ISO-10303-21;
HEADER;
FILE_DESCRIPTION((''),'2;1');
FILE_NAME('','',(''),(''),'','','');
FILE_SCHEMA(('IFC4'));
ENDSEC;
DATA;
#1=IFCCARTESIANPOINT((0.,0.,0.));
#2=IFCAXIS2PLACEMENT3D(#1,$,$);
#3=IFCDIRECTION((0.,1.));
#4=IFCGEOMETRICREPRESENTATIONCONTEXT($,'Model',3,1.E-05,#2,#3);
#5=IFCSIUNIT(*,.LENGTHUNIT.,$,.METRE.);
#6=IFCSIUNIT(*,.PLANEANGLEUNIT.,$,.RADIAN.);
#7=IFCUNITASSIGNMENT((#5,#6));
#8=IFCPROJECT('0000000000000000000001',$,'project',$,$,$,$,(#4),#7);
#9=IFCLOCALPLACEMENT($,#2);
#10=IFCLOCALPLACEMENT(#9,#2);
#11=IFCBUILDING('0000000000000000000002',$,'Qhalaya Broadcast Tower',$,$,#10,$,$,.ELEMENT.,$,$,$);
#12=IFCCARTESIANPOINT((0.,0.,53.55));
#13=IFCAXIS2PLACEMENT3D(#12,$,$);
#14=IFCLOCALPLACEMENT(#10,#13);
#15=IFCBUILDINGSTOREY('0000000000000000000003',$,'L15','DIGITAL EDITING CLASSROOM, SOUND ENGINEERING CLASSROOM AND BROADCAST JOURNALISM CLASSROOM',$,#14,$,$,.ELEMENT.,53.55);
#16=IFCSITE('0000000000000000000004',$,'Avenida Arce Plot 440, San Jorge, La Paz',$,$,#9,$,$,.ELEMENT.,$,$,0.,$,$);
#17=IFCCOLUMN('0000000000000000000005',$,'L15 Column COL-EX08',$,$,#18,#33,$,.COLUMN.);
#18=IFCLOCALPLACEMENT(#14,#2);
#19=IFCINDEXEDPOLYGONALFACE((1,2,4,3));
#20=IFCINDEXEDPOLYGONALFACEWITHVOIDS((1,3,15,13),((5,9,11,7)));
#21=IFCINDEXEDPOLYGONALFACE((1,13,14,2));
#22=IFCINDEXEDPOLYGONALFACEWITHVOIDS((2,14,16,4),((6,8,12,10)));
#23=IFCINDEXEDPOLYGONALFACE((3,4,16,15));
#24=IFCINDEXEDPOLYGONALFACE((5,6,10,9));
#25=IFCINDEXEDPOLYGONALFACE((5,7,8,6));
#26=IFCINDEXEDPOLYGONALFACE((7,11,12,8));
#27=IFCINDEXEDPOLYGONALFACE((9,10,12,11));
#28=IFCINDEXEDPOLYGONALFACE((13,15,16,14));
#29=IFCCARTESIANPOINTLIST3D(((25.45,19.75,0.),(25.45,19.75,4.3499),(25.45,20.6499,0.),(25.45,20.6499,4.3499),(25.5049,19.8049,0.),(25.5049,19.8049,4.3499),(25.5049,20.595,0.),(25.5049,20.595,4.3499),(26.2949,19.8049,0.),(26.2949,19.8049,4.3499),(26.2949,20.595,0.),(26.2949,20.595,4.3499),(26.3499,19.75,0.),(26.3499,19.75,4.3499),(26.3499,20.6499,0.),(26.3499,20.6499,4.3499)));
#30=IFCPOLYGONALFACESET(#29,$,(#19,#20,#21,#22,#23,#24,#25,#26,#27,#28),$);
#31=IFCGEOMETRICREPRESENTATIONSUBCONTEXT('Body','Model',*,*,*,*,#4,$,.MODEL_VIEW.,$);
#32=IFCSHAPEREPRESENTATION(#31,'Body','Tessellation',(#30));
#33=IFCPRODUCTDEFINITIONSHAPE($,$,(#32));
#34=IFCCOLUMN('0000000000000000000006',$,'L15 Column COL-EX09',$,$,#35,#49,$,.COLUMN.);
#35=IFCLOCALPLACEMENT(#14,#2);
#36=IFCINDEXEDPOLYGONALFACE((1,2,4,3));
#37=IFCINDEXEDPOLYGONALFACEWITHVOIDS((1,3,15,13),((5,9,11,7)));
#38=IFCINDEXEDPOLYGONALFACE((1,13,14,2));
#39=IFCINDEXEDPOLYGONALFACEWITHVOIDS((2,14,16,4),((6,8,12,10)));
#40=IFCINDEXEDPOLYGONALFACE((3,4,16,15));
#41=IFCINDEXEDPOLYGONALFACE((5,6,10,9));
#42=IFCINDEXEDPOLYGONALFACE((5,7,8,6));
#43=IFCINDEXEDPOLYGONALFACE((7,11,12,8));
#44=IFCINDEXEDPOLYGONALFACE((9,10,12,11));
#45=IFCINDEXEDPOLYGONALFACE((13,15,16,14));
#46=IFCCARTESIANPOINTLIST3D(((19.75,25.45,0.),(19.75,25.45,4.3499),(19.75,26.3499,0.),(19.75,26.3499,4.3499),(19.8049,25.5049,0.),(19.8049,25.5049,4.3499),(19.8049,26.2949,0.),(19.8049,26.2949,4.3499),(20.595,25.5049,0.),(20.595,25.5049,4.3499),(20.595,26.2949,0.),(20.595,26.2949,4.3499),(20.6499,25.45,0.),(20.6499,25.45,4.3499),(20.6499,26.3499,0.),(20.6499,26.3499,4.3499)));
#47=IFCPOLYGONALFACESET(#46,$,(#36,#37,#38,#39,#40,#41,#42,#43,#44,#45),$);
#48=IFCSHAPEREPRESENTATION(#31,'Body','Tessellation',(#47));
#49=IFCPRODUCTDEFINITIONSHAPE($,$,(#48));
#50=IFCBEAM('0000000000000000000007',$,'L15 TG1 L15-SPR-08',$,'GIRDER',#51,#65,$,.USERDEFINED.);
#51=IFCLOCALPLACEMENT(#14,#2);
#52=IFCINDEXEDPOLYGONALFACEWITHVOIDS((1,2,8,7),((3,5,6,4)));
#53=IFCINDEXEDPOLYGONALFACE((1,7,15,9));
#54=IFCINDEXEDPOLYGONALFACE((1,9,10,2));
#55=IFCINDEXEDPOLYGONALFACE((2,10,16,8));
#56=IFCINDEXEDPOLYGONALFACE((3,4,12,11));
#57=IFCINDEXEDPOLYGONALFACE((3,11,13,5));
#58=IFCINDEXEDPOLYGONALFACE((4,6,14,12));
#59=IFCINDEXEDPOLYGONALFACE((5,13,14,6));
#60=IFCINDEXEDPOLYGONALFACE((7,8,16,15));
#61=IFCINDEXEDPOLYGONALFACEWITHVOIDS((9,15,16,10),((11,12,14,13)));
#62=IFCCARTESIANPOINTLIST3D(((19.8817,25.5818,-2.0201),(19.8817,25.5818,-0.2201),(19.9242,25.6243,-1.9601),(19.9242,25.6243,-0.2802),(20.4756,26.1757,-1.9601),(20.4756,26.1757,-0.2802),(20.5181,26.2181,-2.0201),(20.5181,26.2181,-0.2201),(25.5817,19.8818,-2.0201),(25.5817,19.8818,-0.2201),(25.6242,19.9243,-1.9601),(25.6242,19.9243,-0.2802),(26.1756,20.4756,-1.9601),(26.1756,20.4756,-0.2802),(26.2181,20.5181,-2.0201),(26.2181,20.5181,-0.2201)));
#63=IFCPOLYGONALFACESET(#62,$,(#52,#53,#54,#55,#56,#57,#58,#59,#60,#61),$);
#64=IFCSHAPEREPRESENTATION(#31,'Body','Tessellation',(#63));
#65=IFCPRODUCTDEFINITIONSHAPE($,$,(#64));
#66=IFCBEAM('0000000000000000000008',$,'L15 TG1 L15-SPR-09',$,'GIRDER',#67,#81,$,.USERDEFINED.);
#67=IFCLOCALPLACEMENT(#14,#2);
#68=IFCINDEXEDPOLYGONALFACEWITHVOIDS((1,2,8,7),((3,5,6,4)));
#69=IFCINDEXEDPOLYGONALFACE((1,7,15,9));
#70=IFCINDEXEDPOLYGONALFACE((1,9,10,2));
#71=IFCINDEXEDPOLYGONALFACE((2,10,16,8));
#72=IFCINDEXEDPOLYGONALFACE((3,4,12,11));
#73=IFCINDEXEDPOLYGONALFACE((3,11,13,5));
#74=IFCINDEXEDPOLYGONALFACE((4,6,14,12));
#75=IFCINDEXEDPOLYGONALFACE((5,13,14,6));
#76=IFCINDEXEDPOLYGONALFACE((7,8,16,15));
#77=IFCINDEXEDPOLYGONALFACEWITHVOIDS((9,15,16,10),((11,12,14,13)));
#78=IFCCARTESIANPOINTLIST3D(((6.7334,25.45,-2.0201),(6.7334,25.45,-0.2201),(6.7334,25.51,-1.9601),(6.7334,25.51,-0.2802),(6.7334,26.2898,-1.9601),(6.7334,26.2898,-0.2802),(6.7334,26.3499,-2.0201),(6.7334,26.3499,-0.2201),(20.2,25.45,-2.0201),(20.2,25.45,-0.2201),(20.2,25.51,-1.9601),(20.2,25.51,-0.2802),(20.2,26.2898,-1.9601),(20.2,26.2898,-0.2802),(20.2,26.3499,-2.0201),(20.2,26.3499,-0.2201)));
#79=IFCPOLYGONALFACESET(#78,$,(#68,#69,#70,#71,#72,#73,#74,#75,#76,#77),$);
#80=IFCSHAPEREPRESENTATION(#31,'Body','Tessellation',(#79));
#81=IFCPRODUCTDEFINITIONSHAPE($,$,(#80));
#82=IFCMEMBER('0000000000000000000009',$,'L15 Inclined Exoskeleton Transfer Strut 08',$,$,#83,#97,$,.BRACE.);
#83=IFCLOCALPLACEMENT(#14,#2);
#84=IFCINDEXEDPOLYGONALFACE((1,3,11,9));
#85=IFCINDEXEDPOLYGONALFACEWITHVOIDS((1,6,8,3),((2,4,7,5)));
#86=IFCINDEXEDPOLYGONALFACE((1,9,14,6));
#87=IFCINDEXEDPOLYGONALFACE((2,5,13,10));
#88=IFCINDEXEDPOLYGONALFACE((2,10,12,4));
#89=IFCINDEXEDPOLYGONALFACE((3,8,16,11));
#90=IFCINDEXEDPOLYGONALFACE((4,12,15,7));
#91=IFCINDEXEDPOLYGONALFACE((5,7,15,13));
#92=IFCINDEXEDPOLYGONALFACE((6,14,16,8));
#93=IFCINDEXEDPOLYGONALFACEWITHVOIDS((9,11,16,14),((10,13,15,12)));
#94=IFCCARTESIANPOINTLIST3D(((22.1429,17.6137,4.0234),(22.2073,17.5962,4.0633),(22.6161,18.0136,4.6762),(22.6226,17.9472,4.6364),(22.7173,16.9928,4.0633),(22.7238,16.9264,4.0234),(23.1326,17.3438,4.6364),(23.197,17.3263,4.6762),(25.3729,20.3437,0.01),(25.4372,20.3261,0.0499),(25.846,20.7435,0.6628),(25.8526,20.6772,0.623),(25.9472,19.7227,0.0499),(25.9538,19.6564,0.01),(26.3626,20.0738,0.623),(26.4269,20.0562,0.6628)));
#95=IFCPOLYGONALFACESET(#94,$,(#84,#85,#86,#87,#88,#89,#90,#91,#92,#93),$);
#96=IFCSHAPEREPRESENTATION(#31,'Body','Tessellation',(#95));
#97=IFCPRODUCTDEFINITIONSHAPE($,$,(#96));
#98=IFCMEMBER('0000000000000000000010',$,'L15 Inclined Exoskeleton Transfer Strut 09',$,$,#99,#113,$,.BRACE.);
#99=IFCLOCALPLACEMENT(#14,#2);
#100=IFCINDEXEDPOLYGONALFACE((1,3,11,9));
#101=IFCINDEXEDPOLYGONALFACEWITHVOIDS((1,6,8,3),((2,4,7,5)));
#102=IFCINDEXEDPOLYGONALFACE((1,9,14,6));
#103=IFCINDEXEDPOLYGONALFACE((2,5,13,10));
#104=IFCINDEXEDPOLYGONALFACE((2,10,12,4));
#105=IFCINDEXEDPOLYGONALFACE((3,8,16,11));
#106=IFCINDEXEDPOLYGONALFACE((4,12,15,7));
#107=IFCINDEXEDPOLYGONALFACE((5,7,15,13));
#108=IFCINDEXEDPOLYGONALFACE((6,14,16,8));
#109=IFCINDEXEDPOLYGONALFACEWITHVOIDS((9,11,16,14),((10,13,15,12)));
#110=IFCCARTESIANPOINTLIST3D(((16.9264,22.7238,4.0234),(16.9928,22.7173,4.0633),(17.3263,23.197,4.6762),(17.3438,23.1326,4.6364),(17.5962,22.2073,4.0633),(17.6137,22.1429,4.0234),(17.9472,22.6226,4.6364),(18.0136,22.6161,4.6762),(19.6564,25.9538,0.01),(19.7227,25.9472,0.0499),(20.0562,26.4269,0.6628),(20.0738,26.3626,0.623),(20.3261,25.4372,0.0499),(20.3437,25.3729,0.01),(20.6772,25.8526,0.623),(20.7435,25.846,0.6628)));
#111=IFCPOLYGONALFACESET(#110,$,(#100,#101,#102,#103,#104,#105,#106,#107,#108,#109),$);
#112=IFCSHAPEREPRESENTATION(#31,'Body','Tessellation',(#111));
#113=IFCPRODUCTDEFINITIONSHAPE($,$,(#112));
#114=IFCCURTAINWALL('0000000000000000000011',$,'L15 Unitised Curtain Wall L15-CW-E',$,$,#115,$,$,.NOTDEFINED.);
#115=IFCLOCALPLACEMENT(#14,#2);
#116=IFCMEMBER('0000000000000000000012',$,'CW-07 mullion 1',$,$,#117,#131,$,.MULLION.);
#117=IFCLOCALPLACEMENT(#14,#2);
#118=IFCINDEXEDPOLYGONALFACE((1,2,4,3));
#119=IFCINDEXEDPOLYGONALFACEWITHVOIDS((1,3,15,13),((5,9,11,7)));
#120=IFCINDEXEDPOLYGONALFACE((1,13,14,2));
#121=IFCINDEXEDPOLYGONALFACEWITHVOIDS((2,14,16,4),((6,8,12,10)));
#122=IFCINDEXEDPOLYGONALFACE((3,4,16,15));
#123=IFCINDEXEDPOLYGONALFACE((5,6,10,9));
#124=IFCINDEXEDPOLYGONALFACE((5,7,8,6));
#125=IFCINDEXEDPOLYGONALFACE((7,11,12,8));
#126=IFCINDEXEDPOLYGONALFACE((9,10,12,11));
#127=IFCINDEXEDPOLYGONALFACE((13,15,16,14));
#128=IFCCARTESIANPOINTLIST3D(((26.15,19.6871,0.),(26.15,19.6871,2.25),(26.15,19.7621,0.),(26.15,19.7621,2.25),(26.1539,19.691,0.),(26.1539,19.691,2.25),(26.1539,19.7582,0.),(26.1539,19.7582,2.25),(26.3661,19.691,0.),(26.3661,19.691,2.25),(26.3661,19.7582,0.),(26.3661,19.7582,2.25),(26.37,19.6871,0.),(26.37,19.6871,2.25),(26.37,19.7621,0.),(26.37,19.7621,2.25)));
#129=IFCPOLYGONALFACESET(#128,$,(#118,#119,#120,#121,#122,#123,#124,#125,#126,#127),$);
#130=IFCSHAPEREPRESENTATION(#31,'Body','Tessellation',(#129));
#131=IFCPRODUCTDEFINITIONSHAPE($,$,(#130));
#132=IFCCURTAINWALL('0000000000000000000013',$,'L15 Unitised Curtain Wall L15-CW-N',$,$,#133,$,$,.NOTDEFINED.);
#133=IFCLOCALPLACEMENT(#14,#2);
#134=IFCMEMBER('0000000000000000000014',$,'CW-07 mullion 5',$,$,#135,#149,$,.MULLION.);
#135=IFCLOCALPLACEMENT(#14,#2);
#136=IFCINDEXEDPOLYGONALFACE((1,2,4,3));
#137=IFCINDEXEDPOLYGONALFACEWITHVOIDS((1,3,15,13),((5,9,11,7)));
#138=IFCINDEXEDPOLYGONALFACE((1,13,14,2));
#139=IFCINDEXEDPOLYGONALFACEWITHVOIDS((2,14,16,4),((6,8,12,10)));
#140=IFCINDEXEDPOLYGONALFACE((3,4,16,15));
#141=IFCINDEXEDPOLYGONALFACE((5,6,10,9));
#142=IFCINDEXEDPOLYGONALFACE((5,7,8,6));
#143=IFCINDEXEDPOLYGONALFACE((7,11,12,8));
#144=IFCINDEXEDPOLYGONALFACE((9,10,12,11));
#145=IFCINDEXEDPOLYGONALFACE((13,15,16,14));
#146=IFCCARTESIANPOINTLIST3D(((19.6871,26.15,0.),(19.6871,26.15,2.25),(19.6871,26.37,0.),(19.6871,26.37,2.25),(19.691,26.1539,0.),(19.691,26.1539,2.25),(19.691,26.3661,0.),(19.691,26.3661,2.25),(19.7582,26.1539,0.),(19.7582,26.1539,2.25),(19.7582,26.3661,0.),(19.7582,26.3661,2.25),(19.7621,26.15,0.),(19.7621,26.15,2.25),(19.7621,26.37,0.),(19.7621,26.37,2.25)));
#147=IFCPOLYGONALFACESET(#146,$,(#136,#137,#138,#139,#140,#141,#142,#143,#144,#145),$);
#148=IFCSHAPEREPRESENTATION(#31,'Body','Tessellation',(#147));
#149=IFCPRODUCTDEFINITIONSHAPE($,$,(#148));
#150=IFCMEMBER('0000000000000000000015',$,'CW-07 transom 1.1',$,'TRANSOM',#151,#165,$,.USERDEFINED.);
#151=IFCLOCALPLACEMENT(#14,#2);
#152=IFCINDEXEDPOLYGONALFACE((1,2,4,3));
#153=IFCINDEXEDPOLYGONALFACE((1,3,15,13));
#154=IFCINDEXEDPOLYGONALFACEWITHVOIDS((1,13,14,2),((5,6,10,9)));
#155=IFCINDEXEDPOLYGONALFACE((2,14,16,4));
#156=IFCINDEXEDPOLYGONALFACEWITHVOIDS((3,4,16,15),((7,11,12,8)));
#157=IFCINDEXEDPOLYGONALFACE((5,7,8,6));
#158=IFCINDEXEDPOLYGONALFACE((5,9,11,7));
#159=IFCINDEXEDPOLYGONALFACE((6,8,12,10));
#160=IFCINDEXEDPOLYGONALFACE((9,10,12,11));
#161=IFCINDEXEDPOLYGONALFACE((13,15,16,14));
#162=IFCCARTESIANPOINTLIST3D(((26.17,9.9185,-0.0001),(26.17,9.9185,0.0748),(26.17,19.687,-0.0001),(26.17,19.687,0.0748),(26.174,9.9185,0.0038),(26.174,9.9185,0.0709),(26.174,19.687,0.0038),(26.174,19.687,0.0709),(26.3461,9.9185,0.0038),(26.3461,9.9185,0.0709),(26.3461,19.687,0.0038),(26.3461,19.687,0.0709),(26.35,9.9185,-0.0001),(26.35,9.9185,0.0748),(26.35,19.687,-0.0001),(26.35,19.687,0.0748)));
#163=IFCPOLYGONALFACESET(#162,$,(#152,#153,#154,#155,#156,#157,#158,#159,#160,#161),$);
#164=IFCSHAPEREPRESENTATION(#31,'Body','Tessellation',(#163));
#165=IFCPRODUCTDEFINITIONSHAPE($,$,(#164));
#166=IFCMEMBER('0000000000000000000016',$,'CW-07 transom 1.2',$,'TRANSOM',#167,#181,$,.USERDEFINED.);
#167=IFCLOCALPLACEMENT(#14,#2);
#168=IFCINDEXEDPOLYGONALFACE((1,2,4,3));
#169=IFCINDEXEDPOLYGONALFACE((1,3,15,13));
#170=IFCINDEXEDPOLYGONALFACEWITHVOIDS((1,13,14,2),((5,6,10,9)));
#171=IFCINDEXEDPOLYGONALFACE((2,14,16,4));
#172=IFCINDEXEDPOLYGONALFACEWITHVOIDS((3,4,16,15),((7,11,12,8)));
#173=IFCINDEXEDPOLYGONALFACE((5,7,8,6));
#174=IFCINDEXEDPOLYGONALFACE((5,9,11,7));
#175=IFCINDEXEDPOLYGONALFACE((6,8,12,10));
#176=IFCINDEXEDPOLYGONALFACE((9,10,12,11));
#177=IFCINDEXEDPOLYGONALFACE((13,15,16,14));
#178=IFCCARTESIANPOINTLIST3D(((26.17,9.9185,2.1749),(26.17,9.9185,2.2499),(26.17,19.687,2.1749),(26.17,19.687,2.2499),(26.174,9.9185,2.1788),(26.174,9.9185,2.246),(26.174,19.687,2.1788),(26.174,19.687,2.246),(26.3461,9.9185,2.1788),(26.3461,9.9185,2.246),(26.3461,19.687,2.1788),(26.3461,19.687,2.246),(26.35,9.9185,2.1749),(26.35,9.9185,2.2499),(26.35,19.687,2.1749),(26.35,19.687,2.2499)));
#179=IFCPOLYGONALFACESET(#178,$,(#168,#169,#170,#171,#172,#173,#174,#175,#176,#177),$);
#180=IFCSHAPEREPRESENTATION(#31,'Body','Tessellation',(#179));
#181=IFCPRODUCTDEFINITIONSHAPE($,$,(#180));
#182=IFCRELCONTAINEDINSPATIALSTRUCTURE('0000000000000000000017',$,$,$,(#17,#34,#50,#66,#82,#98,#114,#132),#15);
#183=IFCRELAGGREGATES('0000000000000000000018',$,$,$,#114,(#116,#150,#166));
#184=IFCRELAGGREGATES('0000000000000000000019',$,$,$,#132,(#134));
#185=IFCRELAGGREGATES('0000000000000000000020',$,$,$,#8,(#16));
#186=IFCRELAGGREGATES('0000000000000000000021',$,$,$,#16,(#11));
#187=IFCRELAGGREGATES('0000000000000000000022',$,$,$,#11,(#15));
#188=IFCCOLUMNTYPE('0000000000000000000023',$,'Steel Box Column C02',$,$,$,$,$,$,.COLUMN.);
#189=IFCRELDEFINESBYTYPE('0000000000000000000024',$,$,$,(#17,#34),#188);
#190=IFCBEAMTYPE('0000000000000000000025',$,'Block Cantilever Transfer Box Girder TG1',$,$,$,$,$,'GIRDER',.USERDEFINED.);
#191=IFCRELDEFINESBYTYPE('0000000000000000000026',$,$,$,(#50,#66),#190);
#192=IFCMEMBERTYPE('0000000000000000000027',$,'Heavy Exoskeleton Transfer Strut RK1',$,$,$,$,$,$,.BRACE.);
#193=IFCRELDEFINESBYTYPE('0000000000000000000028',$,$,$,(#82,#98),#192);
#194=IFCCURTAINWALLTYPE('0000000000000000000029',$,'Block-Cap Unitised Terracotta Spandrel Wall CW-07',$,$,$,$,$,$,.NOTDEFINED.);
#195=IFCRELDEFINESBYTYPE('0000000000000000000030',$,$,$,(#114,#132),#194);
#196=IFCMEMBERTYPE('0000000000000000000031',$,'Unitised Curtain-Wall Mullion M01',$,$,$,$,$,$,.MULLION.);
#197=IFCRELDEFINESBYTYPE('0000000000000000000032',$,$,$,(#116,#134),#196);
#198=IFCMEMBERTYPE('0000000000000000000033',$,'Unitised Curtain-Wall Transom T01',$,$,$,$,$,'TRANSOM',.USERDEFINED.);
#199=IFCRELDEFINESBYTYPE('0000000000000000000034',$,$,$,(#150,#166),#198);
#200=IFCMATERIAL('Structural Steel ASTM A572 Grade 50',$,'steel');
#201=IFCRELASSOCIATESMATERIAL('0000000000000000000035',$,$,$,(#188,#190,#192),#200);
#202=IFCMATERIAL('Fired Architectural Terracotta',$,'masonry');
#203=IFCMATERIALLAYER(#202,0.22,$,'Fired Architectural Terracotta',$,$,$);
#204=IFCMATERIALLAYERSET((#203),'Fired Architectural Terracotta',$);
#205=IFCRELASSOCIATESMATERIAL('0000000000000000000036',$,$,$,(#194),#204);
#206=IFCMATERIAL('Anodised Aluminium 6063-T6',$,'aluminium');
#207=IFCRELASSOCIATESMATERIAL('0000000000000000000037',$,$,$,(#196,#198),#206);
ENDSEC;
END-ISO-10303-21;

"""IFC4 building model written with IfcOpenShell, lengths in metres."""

from ifc_helpers import new_model, si_unit, direction, frame, origin, origin_2d, place, context, subcontext, project, spatial, hollow_rectangle, extrude, material, layer, layer_set, material_profile, profile_set, type_object, element, aggregate, save


model = new_model("IFC4")

# Units and contexts
model_context = context("Model", 3, precision=1e-05, world=origin(), true_north=direction((0.0, 1.0)))
body_context = subcontext(model_context, "Body", "Model", "MODEL_VIEW")
ifc_project = project(units=[si_unit("LENGTHUNIT", "METRE"), si_unit("PLANEANGLEUNIT", "RADIAN")], contexts=[model_context])

# Site, building, storey
site_placement = place(None, origin())
site = spatial("IfcSite", under=ifc_project, at=site_placement, Name="Avenida Arce Plot 440, San Jorge, La Paz", CompositionType="ELEMENT", RefElevation=0.0)
building_placement = place(site_placement, origin())
building = spatial("IfcBuilding", under=site, at=building_placement, Name="Qhalaya Broadcast Tower", CompositionType="ELEMENT")
storey_placement = place(building_placement, frame((0.0, 0.0, 53.55)))
storey = spatial("IfcBuildingStorey", under=building, at=storey_placement, Name="L15", Description="DIGITAL EDITING CLASSROOM, SOUND ENGINEERING CLASSROOM AND BROADCAST JOURNALISM CLASSROOM", CompositionType="ELEMENT", Elevation=53.55)

# Columns
ifc_material_1 = material(Name="Structural Steel ASTM A572 Grade 50", Category="steel")
ifc_material_profile_1 = material_profile(ifc_material_1, hollow_rectangle(XDim=0.8999, YDim=0.8999, WallThickness=0.0549, at=origin_2d()), Name="BOX 900x900x55")
ifc_profile_set_1 = profile_set([ifc_material_profile_1], Name="Structural Steel ASTM A572 Grade 50")
column_type = type_object("IfcColumnType", Name="Steel Box Column C02", PredefinedType="COLUMN", material=ifc_profile_set_1)
for number, where, z_axis, x_axis, name in (
    (1, (25.8999, 20.2, 0.0), (0.0, 0.0, 1.0), (0.0, 1.0, 0.0), "L15 Column COL-EX08"),
    (2, (20.2, 25.8999, 0.0), (0.0, 0.0, 1.0), (1.0, 0.0, 0.0), "L15 Column COL-EX09"),
):
    element("IfcColumn", number, at=place(storey_placement, frame(where, z_axis=z_axis, x_axis=x_axis)), inside=storey, type_object=column_type, Name=name, PredefinedType="COLUMN", context=body_context, shape_type="SweptSolid", body=[
        extrude(hollow_rectangle(XDim=0.8999, YDim=0.8999, WallThickness=0.0549, at=origin_2d()), origin(), (0.0, 0.0, 1.0), 4.3499),
    ])

# Beams
ifc_material_profile_2 = material_profile(ifc_material_1, hollow_rectangle(XDim=0.8999, YDim=1.8, WallThickness=0.0601, at=origin_2d()), Name="BOX 900x1800x60")
ifc_profile_set_2 = profile_set([ifc_material_profile_2], Name="Structural Steel ASTM A572 Grade 50")
beam_type = type_object("IfcBeamType", Name="Block Cantilever Transfer Box Girder TG1", ElementType="GIRDER", PredefinedType="USERDEFINED", material=ifc_profile_set_2)
beam_1_placement = place(storey_placement, frame((25.8999, 20.2, -1.1201), z_axis=(-0.707107, 0.707107, 0.0), x_axis=(-0.707107, -0.707107, 0.0)))
element("IfcBeam", 3, at=beam_1_placement, inside=storey, type_object=beam_type, Name="L15 TG1 L15-SPR-08", ObjectType="GIRDER", PredefinedType="USERDEFINED", context=body_context, shape_type="SweptSolid", body=[
    extrude(hollow_rectangle(XDim=0.8999, YDim=1.8, WallThickness=0.0601, at=origin_2d()), origin(), (0.0, 0.0, 1.0), 8.061),
])
beam_2_placement = place(storey_placement, frame((20.2, 25.8999, -1.1201), z_axis=(-1.0, 0.0, 0.0), x_axis=(0.0, -1.0, 0.0)))
element("IfcBeam", 4, at=beam_2_placement, inside=storey, type_object=beam_type, Name="L15 TG1 L15-SPR-09", ObjectType="GIRDER", PredefinedType="USERDEFINED", context=body_context, shape_type="SweptSolid", body=[
    extrude(hollow_rectangle(XDim=0.8999, YDim=1.8, WallThickness=0.0601, at=origin_2d()), origin(), (0.0, 0.0, 1.0), 13.4666),
])

# Members
ifc_material_profile_3 = material_profile(ifc_material_1, hollow_rectangle(XDim=0.8999, YDim=0.8999, WallThickness=0.0549, at=origin_2d()), Name="BOX 900x900x55")
ifc_profile_set_3 = profile_set([ifc_material_profile_3], Name="Structural Steel ASTM A572 Grade 50")
member_type_1 = type_object("IfcMemberType", Name="Heavy Exoskeleton Transfer Strut RK1", PredefinedType="BRACE", material=ifc_profile_set_3)
for number, where, z_axis, x_axis, name in (
    (5, (25.8999, 20.2, 0.3364), (-0.553993, -0.468235, 0.688366), (0.645518, -0.763745, 0.0), "L15 Inclined Exoskeleton Transfer Strut 08"),
    (6, (20.2, 25.8999, 0.3364), (-0.468235, -0.553993, 0.688366), (0.763745, -0.645518, 0.0), "L15 Inclined Exoskeleton Transfer Strut 09"),
):
    element("IfcMember", number, at=place(storey_placement, frame(where, z_axis=z_axis, x_axis=x_axis)), inside=storey, type_object=member_type_1, Name=name, PredefinedType="BRACE", context=body_context, shape_type="SweptSolid", body=[
        extrude(hollow_rectangle(XDim=0.8999, YDim=0.8999, WallThickness=0.0549, at=origin_2d()), origin(), (0.0, 0.0, 1.0), 5.8303),
    ])

# Curtain walls, members
ifc_material_2 = material(Name="Fired Architectural Terracotta", Category="masonry")
ifc_layer_1 = layer(ifc_material_2, 0.22, Name="Fired Architectural Terracotta")
ifc_layer_set_1 = layer_set([ifc_layer_1], Name="Fired Architectural Terracotta")
curtain_wall_type = type_object("IfcCurtainWallType", Name="Block-Cap Unitised Terracotta Spandrel Wall CW-07", PredefinedType="NOTDEFINED", material=ifc_layer_set_1)
curtain_wall_1_placement = place(storey_placement, origin())
curtain_wall_1 = element("IfcCurtainWall", 7, at=curtain_wall_1_placement, inside=storey, type_object=curtain_wall_type, Name="L15 Unitised Curtain Wall L15-CW-E", PredefinedType="NOTDEFINED")
ifc_material_3 = material(Name="Anodised Aluminium 6063-T6", Category="aluminium")
ifc_material_profile_4 = material_profile(ifc_material_3, hollow_rectangle(XDim=0.075, YDim=0.22, WallThickness=0.0039, at=origin_2d()), Name="ALU-MUL 75x220x4")
ifc_profile_set_4 = profile_set([ifc_material_profile_4], Name="Anodised Aluminium 6063-T6")
member_type_2 = type_object("IfcMemberType", Name="Unitised Curtain-Wall Mullion M01", PredefinedType="MULLION", material=ifc_profile_set_4)
member_1_placement = place(storey_placement, frame((26.26, 19.7246, 0.0), z_axis=(0.0, 0.0, 1.0), x_axis=(0.0, -1.0, 0.0)))
member_1 = element("IfcMember", 8, at=member_1_placement, type_object=member_type_2, Name="CW-07 mullion 1", PredefinedType="MULLION", context=body_context, shape_type="SweptSolid", body=[
    extrude(hollow_rectangle(XDim=0.075, YDim=0.22, WallThickness=0.0039, at=origin_2d()), origin(), (0.0, 0.0, 1.0), 2.25),
])
curtain_wall_2_placement = place(storey_placement, origin())
curtain_wall_2 = element("IfcCurtainWall", 9, at=curtain_wall_2_placement, inside=storey, type_object=curtain_wall_type, Name="L15 Unitised Curtain Wall L15-CW-N", PredefinedType="NOTDEFINED")
member_2_placement = place(storey_placement, frame((19.7246, 26.26, 0.0), z_axis=(0.0, 0.0, 1.0), x_axis=(1.0, 0.0, 0.0)))
member_2 = element("IfcMember", 10, at=member_2_placement, type_object=member_type_2, Name="CW-07 mullion 5", PredefinedType="MULLION", context=body_context, shape_type="SweptSolid", body=[
    extrude(hollow_rectangle(XDim=0.075, YDim=0.22, WallThickness=0.0039, at=origin_2d()), origin(), (0.0, 0.0, 1.0), 2.25),
])

# Members
ifc_material_profile_5 = material_profile(ifc_material_3, hollow_rectangle(XDim=0.075, YDim=0.1799, WallThickness=0.0039, at=origin_2d()), Name="ALU-TRN 75x180x4")
ifc_profile_set_5 = profile_set([ifc_material_profile_5], Name="Anodised Aluminium 6063-T6")
member_type_3 = type_object("IfcMemberType", Name="Unitised Curtain-Wall Transom T01", ElementType="TRANSOM", PredefinedType="USERDEFINED", material=ifc_profile_set_5)
member_3_placement = place(storey_placement, frame((26.26, 19.687, 0.0374), z_axis=(0.0, -1.0, 0.0), x_axis=(0.0, 0.0, 1.0)))
member_3 = element("IfcMember", 11, at=member_3_placement, type_object=member_type_3, Name="CW-07 transom 1.1", ObjectType="TRANSOM", PredefinedType="USERDEFINED", context=body_context, shape_type="SweptSolid", body=[
    extrude(hollow_rectangle(XDim=0.075, YDim=0.1799, WallThickness=0.0039, at=origin_2d()), origin(), (0.0, 0.0, 1.0), 9.7686),
])
member_4_placement = place(storey_placement, frame((26.26, 19.687, 2.2124), z_axis=(0.0, -1.0, 0.0), x_axis=(0.0, 0.0, 1.0)))
member_4 = element("IfcMember", 12, at=member_4_placement, type_object=member_type_3, Name="CW-07 transom 1.2", ObjectType="TRANSOM", PredefinedType="USERDEFINED", context=body_context, shape_type="SweptSolid", body=[
    extrude(hollow_rectangle(XDim=0.075, YDim=0.1799, WallThickness=0.0039, at=origin_2d()), origin(), (0.0, 0.0, 1.0), 9.7686),
])

aggregate(curtain_wall_1, [member_1, member_3, member_4])
aggregate(curtain_wall_2, [member_2])

save(model, "model.ifc")
